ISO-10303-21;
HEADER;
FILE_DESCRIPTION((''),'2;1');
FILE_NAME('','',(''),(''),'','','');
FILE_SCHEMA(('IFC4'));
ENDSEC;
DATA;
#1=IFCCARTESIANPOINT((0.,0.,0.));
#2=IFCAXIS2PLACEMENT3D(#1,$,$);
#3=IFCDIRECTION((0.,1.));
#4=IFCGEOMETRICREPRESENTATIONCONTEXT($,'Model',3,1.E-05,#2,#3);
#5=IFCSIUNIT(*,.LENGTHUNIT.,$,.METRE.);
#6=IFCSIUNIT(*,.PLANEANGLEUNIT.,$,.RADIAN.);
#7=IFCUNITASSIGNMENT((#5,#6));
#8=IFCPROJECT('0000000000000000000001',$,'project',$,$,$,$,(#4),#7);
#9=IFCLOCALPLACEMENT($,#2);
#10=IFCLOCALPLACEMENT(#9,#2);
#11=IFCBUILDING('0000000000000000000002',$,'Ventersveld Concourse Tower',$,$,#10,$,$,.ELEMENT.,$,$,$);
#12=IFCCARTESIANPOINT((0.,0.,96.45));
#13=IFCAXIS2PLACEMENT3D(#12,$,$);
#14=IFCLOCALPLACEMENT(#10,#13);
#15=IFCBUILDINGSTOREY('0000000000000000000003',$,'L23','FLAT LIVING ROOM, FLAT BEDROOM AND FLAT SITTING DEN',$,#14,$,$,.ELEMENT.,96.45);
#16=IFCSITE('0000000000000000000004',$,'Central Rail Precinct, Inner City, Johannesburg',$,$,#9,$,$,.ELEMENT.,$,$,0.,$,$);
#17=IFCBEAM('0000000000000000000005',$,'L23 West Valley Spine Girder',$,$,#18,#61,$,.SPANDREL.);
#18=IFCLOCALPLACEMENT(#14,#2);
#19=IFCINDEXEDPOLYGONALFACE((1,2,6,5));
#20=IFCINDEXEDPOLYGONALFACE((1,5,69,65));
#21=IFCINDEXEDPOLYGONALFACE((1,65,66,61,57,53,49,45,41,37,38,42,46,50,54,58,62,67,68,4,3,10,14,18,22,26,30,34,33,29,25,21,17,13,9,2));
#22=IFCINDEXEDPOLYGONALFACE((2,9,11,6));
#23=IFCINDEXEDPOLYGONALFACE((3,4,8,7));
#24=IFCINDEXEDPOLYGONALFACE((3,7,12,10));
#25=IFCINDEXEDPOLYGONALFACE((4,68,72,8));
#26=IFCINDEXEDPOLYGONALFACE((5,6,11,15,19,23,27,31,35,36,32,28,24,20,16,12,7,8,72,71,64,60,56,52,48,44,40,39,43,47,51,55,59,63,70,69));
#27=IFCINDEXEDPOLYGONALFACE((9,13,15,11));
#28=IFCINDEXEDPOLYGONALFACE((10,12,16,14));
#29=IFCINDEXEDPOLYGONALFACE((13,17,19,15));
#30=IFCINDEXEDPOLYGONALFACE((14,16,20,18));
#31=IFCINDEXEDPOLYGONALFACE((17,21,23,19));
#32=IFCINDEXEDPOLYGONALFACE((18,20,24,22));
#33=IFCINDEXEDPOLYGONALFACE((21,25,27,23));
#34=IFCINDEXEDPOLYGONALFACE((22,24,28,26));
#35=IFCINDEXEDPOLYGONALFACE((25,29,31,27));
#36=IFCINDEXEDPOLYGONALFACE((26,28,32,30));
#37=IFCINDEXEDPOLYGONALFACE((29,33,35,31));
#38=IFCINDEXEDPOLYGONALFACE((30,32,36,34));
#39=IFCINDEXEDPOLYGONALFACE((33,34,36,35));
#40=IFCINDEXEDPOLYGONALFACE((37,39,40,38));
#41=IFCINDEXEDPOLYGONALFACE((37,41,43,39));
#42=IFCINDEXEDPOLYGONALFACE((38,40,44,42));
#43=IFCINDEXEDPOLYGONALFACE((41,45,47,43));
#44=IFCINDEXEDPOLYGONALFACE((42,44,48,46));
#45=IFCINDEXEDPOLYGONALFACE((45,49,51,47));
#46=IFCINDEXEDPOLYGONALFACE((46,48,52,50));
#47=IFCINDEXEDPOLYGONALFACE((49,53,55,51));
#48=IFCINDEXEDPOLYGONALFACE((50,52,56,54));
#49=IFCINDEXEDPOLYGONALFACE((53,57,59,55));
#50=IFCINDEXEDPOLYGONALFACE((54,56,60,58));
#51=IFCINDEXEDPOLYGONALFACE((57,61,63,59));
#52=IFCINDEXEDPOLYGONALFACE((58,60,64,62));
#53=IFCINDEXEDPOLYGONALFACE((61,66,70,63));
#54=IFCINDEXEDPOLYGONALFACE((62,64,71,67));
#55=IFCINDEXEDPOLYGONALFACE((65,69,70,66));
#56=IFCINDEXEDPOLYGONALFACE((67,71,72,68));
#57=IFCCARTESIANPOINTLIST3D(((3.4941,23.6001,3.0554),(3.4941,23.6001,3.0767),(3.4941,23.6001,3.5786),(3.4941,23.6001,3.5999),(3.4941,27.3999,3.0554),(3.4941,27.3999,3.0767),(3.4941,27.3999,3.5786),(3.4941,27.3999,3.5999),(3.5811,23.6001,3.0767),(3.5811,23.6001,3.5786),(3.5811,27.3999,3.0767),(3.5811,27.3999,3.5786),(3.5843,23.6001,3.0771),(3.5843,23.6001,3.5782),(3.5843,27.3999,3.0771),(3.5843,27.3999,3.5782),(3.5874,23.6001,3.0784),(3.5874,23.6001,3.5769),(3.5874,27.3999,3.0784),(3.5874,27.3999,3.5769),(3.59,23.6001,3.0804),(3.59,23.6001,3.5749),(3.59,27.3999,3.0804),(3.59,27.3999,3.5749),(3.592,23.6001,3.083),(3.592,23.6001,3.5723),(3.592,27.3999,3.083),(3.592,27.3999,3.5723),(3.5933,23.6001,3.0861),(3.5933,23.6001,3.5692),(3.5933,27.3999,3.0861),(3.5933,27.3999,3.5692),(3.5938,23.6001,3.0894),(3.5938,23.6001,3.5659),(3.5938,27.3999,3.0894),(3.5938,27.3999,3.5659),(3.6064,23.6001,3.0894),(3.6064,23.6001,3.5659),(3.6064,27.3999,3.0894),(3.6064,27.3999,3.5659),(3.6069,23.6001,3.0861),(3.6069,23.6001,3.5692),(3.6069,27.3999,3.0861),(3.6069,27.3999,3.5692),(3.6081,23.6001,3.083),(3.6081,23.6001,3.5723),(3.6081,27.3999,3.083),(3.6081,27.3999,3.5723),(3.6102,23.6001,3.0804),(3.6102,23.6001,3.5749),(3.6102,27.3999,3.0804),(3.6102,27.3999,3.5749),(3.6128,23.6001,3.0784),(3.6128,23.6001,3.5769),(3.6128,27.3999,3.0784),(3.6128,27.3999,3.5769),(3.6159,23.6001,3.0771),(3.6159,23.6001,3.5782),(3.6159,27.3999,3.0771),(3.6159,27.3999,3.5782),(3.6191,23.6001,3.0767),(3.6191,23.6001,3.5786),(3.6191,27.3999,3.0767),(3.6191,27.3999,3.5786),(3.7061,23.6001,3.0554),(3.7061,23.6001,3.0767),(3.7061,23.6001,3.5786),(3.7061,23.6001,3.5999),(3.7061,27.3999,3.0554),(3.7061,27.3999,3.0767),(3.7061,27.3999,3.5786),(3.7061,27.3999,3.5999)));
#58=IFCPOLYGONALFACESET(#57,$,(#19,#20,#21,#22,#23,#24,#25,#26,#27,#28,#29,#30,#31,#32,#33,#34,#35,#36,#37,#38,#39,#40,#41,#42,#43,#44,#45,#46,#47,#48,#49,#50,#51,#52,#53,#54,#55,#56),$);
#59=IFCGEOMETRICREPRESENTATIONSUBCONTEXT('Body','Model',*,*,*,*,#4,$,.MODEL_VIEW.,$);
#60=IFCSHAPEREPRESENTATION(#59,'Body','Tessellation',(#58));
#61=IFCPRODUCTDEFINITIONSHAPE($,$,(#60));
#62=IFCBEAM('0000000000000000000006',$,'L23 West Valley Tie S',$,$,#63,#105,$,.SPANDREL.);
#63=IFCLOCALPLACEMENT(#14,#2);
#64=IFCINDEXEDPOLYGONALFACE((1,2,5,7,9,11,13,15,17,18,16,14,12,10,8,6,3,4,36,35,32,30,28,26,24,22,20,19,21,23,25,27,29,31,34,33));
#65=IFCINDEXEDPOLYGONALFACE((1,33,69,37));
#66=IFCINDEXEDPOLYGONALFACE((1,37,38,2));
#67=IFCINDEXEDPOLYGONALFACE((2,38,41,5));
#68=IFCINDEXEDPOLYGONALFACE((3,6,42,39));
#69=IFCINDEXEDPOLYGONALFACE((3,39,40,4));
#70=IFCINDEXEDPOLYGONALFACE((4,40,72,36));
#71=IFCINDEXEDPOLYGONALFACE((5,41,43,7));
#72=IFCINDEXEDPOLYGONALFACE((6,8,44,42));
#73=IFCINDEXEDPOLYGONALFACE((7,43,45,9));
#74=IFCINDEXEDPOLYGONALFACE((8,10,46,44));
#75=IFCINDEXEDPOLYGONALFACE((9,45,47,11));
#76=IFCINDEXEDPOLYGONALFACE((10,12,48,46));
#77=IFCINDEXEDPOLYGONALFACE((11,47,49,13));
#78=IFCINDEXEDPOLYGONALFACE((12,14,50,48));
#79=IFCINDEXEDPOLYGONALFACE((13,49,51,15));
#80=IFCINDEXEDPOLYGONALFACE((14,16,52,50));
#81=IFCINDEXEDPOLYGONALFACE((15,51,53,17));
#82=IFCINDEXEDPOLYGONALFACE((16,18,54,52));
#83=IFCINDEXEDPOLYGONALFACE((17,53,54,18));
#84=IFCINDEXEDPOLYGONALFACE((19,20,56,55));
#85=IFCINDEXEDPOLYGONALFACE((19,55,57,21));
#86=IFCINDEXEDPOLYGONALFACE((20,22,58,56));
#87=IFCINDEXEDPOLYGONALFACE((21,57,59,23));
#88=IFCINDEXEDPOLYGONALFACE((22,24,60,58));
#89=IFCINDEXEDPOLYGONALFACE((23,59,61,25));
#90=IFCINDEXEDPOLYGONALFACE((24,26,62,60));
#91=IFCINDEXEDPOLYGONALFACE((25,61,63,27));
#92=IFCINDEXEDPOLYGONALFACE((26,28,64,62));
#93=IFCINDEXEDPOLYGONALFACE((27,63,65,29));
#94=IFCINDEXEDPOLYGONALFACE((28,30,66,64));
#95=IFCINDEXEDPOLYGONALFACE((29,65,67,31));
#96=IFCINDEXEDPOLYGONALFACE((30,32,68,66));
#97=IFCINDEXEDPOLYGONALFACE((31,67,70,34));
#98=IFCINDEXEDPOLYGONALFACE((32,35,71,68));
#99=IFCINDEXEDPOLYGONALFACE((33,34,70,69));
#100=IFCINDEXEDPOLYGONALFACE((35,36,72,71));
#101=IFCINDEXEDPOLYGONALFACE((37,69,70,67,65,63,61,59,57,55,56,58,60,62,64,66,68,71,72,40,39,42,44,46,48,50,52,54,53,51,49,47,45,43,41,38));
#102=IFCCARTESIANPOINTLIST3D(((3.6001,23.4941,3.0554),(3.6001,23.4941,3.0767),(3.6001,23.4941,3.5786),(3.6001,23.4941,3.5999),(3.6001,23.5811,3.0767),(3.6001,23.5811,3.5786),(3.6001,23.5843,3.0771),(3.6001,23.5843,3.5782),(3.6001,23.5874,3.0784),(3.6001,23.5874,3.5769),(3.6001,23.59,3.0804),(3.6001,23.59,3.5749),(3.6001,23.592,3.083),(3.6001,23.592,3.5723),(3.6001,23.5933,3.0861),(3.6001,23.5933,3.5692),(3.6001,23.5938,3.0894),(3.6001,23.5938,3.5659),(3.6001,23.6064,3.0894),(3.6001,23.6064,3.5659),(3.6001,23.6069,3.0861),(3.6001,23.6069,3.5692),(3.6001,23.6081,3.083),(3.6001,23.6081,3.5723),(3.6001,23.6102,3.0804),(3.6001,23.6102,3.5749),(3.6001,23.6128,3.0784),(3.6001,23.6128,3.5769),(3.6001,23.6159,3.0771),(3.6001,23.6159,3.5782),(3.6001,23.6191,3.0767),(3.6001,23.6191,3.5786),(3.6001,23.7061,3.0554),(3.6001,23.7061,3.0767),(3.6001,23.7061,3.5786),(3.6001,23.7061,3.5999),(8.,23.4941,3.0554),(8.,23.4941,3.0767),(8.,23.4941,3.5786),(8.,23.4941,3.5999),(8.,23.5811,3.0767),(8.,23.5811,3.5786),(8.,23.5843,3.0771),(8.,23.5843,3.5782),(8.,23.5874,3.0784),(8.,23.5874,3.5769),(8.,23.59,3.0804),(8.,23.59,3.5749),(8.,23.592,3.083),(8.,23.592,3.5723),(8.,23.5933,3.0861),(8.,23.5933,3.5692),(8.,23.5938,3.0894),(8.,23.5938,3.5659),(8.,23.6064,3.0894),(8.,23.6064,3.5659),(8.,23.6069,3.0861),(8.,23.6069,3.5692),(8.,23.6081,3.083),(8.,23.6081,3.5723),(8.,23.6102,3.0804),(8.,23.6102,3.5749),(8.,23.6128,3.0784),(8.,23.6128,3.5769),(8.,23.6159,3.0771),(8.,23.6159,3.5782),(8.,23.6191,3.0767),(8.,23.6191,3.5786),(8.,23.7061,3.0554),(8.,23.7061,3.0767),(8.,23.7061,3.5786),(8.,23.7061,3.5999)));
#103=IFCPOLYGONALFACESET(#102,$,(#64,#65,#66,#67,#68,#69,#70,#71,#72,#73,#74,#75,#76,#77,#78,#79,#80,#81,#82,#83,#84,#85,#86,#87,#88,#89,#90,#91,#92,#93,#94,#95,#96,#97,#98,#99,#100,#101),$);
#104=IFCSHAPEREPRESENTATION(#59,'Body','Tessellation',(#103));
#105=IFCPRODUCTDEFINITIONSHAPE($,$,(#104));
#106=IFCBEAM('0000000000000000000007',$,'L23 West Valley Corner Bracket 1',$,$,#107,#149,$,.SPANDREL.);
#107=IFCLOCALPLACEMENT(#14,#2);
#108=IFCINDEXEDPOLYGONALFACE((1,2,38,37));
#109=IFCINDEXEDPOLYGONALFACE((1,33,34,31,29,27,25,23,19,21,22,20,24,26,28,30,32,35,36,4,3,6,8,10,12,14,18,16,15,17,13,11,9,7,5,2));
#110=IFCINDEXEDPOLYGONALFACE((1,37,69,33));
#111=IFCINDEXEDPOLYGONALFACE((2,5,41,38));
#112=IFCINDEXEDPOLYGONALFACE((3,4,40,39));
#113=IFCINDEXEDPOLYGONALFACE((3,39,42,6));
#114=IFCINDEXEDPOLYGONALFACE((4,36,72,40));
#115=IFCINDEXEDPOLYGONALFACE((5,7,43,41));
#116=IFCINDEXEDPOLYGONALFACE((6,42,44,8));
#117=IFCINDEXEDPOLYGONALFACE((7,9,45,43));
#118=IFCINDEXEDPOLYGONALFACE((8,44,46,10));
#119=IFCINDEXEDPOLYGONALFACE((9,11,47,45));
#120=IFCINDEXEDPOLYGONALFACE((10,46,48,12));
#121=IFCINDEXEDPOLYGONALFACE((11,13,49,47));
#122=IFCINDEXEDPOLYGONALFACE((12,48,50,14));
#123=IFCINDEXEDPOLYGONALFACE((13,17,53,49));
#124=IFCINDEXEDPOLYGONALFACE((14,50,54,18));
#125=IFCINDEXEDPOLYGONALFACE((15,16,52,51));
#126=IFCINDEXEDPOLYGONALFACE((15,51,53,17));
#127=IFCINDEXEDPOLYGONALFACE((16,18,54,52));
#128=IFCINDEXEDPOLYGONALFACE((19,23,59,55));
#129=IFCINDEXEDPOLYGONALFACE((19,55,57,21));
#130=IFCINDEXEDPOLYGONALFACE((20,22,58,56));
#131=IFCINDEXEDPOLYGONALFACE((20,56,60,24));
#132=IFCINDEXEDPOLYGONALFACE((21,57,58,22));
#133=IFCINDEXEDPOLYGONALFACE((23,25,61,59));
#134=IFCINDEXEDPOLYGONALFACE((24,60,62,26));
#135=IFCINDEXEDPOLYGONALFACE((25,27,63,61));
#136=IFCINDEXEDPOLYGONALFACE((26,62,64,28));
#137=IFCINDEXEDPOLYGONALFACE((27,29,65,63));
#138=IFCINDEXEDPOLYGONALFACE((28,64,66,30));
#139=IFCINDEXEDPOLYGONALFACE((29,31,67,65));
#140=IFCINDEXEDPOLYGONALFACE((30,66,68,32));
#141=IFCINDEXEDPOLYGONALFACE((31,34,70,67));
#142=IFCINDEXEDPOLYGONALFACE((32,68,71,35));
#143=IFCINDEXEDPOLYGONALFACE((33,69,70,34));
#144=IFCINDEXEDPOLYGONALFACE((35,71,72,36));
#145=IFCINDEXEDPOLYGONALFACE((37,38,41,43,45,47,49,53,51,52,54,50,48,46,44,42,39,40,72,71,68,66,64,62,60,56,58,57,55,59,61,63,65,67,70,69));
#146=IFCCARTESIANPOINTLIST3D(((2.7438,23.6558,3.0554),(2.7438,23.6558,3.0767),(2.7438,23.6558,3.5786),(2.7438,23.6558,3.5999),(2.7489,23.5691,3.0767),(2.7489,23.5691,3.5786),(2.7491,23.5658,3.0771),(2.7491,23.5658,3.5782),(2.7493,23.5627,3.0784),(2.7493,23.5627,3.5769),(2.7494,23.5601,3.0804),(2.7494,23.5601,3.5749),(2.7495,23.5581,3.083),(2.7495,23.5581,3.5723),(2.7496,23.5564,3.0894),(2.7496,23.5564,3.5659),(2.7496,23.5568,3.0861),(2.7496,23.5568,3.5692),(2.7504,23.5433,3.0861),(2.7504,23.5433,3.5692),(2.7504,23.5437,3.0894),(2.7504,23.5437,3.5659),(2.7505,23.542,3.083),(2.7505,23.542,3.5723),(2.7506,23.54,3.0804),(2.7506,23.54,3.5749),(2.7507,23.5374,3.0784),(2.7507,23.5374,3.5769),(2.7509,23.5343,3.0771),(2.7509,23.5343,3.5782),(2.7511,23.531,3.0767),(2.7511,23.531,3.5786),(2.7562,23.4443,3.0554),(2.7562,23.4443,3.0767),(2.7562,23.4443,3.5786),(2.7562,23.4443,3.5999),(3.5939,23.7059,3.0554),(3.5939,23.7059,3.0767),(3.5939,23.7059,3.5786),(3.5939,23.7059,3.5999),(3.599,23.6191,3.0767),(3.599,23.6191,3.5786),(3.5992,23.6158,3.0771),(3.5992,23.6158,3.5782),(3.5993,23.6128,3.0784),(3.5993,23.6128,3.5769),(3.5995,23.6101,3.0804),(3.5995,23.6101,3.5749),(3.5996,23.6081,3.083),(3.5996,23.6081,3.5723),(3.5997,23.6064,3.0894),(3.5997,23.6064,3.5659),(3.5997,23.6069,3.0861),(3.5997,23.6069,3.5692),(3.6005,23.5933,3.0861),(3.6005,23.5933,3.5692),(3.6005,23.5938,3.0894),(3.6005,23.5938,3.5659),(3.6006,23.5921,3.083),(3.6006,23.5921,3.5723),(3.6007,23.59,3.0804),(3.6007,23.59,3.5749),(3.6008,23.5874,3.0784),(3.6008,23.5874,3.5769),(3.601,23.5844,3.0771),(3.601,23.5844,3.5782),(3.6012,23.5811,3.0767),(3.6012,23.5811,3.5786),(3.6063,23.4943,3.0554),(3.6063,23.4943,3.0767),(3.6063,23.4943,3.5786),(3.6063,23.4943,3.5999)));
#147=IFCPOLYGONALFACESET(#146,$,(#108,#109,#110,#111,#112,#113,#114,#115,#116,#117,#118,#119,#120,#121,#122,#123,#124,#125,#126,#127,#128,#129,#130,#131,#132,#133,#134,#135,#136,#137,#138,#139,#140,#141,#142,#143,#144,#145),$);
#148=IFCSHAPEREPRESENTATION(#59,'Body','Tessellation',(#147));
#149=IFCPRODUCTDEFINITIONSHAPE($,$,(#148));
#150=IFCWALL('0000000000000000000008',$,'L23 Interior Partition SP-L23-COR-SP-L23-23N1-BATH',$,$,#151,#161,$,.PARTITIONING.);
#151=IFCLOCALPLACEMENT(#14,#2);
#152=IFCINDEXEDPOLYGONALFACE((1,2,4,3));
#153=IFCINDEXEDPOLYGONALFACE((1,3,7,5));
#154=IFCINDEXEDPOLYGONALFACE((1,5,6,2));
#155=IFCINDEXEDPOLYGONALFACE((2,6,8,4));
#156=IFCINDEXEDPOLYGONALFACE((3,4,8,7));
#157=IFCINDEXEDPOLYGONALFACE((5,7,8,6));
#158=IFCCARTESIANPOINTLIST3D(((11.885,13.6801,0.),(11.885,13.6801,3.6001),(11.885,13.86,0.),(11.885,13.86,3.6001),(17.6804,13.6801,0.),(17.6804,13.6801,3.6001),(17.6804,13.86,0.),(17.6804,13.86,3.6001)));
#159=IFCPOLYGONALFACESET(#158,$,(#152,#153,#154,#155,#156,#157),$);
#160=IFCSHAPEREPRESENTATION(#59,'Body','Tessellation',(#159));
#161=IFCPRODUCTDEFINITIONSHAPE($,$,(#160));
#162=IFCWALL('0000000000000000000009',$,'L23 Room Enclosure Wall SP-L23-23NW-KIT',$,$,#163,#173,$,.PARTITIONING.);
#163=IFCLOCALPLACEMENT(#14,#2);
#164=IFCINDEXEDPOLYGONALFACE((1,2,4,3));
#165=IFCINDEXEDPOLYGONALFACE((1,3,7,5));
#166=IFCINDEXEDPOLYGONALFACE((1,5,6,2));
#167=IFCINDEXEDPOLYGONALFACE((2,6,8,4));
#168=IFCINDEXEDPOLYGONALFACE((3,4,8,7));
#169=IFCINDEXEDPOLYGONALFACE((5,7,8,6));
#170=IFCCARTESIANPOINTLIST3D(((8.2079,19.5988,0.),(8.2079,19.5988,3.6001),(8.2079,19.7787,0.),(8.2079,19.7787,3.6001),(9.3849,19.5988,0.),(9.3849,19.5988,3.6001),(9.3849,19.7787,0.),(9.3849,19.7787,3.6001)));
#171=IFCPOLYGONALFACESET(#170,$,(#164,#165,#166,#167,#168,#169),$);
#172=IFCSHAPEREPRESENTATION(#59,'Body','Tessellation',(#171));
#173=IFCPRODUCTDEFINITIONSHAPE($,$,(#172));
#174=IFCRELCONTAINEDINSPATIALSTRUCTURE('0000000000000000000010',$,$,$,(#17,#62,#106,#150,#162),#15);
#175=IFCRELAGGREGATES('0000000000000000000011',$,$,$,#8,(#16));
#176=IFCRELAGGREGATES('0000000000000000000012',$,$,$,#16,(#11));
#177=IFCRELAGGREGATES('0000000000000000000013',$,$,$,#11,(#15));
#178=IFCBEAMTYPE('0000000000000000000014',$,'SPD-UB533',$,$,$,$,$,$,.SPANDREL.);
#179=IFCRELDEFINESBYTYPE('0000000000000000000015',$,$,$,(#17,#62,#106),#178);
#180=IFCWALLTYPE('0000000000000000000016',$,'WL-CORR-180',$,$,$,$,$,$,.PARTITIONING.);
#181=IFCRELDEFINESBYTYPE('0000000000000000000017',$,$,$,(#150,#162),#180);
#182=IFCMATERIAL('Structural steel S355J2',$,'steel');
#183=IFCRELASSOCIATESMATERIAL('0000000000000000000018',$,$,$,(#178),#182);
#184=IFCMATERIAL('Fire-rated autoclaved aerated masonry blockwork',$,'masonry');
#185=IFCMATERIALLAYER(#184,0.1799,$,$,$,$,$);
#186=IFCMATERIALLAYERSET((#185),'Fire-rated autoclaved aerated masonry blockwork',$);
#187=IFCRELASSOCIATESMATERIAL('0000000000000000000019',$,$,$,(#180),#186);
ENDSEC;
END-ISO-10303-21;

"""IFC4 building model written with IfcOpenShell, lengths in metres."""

from ifc_helpers import new_model, si_unit, direction, frame, frame_2d, origin, origin_2d, place, context, subcontext, project, spatial, rectangle, i_section, extrude, material, layer, layer_set, material_profile, profile_set, type_object, element, save


model = new_model("IFC4")

# Units and contexts
model_context = context("Model", 3, precision=1e-05, world=origin(), true_north=direction((0.0, 1.0)))
body_context = subcontext(model_context, "Body", "Model", "MODEL_VIEW")
ifc_project = project(units=[si_unit("LENGTHUNIT", "METRE"), si_unit("PLANEANGLEUNIT", "RADIAN")], contexts=[model_context])

# Site, building, storey
site_placement = place(None, origin())
site = spatial("IfcSite", under=ifc_project, at=site_placement, Name="Central Rail Precinct, Inner City, Johannesburg", CompositionType="ELEMENT", RefElevation=0.0)
building_placement = place(site_placement, origin())
building = spatial("IfcBuilding", under=site, at=building_placement, Name="Ventersveld Concourse Tower", CompositionType="ELEMENT")
storey_placement = place(building_placement, frame((0.0, 0.0, 96.45)))
storey = spatial("IfcBuildingStorey", under=building, at=storey_placement, Name="L23", Description="FLAT LIVING ROOM, FLAT BEDROOM AND FLAT SITTING DEN", CompositionType="ELEMENT", Elevation=96.45)

# Beams
ifc_material_1 = material(Name="Structural steel S355J2", Category="steel")
ifc_material_profile_1 = material_profile(ifc_material_1, i_section(OverallWidth=0.2119, OverallDepth=0.5444, WebThickness=0.0127, FlangeThickness=0.0212, FilletRadius=0.0127, at=origin_2d()), Name="UB 533x210x122")
ifc_profile_set_1 = profile_set([ifc_material_profile_1], Name="Structural steel S355J2")
beam_type_1 = type_object("IfcBeamType", Name="SPD-UB533", PredefinedType="SPANDREL", material=ifc_profile_set_1)
beam_1_placement = place(storey_placement, frame((3.6001, 23.6001, 3.3276), z_axis=(0.0, 1.0, 0.0), x_axis=(-1.0, 0.0, 0.0)))
element("IfcBeam", 1, at=beam_1_placement, inside=storey, type_object=beam_type_1, Name="L23 West Valley Spine Girder", PredefinedType="SPANDREL", context=body_context, shape_type="SweptSolid", body=[
    extrude(i_section(OverallWidth=0.2119, OverallDepth=0.5444, WebThickness=0.0127, FlangeThickness=0.0212, FilletRadius=0.0127, at=origin_2d()), origin(), (0.0, 0.0, 1.0), 3.7998),
])
beam_2_placement = place(storey_placement, frame((3.6001, 23.6001, 3.3276), z_axis=(1.0, 0.0, 0.0), x_axis=(0.0, 1.0, 0.0)))
element("IfcBeam", 2, at=beam_2_placement, inside=storey, type_object=beam_type_1, Name="L23 West Valley Tie S", PredefinedType="SPANDREL", context=body_context, shape_type="SweptSolid", body=[
    extrude(i_section(OverallWidth=0.2119, OverallDepth=0.5444, WebThickness=0.0127, FlangeThickness=0.0212, FilletRadius=0.0127, at=origin_2d()), origin(), (0.0, 0.0, 1.0), 4.3999),
])
beam_3_placement = place(storey_placement, frame((2.75, 23.55, 3.3276), z_axis=(0.998271, 0.058772, 0.0), x_axis=(-0.058772, 0.998271, 0.0)))
element("IfcBeam", 3, at=beam_3_placement, inside=storey, type_object=beam_type_1, Name="L23 West Valley Corner Bracket 1", PredefinedType="SPANDREL", context=body_context, shape_type="SweptSolid", body=[
    extrude(i_section(OverallWidth=0.2119, OverallDepth=0.5444, WebThickness=0.0127, FlangeThickness=0.0212, FilletRadius=0.0127, at=origin_2d()), origin(), (0.0, 0.0, 1.0), 0.8516),
])

# Shared definitions
ifc_material_2 = material(Name="Fire-rated autoclaved aerated masonry blockwork", Category="masonry")
ifc_layer_1 = layer(ifc_material_2, 0.1799)
ifc_layer_set_1 = layer_set([ifc_layer_1], Name="Fire-rated autoclaved aerated masonry blockwork")
wall_type_1 = type_object("IfcWallType", Name="WL-CORR-180", PredefinedType="PARTITIONING", material=ifc_layer_set_1)

# Walls
wall_1_placement = place(storey_placement, frame((11.885, 13.77, 0.0), z_axis=(0.0, 0.0, 1.0), x_axis=(1.0, 0.0, 0.0)))
element("IfcWall", 4, at=wall_1_placement, inside=storey, type_object=wall_type_1, Name="L23 Interior Partition SP-L23-COR-SP-L23-23N1-BATH", PredefinedType="PARTITIONING", context=body_context, shape_type="SweptSolid", body=[
    extrude(rectangle(XDim=5.7954, YDim=0.1799, at=frame_2d((2.8977, 0.0))), origin(), (0.0, 0.0, 1.0), 3.6001),
])
wall_2_placement = place(storey_placement, frame((8.208, 19.6887, 0.0), z_axis=(0.0, 0.0, 1.0), x_axis=(1.0, 0.0, 0.0)))
element("IfcWall", 5, at=wall_2_placement, inside=storey, type_object=wall_type_1, Name="L23 Room Enclosure Wall SP-L23-23NW-KIT", PredefinedType="PARTITIONING", context=body_context, shape_type="SweptSolid", body=[
    extrude(rectangle(XDim=1.177, YDim=0.1799, at=frame_2d((0.5884, 0.0))), origin(), (0.0, 0.0, 1.0), 3.6001),
])

save(model, "model.ifc")
